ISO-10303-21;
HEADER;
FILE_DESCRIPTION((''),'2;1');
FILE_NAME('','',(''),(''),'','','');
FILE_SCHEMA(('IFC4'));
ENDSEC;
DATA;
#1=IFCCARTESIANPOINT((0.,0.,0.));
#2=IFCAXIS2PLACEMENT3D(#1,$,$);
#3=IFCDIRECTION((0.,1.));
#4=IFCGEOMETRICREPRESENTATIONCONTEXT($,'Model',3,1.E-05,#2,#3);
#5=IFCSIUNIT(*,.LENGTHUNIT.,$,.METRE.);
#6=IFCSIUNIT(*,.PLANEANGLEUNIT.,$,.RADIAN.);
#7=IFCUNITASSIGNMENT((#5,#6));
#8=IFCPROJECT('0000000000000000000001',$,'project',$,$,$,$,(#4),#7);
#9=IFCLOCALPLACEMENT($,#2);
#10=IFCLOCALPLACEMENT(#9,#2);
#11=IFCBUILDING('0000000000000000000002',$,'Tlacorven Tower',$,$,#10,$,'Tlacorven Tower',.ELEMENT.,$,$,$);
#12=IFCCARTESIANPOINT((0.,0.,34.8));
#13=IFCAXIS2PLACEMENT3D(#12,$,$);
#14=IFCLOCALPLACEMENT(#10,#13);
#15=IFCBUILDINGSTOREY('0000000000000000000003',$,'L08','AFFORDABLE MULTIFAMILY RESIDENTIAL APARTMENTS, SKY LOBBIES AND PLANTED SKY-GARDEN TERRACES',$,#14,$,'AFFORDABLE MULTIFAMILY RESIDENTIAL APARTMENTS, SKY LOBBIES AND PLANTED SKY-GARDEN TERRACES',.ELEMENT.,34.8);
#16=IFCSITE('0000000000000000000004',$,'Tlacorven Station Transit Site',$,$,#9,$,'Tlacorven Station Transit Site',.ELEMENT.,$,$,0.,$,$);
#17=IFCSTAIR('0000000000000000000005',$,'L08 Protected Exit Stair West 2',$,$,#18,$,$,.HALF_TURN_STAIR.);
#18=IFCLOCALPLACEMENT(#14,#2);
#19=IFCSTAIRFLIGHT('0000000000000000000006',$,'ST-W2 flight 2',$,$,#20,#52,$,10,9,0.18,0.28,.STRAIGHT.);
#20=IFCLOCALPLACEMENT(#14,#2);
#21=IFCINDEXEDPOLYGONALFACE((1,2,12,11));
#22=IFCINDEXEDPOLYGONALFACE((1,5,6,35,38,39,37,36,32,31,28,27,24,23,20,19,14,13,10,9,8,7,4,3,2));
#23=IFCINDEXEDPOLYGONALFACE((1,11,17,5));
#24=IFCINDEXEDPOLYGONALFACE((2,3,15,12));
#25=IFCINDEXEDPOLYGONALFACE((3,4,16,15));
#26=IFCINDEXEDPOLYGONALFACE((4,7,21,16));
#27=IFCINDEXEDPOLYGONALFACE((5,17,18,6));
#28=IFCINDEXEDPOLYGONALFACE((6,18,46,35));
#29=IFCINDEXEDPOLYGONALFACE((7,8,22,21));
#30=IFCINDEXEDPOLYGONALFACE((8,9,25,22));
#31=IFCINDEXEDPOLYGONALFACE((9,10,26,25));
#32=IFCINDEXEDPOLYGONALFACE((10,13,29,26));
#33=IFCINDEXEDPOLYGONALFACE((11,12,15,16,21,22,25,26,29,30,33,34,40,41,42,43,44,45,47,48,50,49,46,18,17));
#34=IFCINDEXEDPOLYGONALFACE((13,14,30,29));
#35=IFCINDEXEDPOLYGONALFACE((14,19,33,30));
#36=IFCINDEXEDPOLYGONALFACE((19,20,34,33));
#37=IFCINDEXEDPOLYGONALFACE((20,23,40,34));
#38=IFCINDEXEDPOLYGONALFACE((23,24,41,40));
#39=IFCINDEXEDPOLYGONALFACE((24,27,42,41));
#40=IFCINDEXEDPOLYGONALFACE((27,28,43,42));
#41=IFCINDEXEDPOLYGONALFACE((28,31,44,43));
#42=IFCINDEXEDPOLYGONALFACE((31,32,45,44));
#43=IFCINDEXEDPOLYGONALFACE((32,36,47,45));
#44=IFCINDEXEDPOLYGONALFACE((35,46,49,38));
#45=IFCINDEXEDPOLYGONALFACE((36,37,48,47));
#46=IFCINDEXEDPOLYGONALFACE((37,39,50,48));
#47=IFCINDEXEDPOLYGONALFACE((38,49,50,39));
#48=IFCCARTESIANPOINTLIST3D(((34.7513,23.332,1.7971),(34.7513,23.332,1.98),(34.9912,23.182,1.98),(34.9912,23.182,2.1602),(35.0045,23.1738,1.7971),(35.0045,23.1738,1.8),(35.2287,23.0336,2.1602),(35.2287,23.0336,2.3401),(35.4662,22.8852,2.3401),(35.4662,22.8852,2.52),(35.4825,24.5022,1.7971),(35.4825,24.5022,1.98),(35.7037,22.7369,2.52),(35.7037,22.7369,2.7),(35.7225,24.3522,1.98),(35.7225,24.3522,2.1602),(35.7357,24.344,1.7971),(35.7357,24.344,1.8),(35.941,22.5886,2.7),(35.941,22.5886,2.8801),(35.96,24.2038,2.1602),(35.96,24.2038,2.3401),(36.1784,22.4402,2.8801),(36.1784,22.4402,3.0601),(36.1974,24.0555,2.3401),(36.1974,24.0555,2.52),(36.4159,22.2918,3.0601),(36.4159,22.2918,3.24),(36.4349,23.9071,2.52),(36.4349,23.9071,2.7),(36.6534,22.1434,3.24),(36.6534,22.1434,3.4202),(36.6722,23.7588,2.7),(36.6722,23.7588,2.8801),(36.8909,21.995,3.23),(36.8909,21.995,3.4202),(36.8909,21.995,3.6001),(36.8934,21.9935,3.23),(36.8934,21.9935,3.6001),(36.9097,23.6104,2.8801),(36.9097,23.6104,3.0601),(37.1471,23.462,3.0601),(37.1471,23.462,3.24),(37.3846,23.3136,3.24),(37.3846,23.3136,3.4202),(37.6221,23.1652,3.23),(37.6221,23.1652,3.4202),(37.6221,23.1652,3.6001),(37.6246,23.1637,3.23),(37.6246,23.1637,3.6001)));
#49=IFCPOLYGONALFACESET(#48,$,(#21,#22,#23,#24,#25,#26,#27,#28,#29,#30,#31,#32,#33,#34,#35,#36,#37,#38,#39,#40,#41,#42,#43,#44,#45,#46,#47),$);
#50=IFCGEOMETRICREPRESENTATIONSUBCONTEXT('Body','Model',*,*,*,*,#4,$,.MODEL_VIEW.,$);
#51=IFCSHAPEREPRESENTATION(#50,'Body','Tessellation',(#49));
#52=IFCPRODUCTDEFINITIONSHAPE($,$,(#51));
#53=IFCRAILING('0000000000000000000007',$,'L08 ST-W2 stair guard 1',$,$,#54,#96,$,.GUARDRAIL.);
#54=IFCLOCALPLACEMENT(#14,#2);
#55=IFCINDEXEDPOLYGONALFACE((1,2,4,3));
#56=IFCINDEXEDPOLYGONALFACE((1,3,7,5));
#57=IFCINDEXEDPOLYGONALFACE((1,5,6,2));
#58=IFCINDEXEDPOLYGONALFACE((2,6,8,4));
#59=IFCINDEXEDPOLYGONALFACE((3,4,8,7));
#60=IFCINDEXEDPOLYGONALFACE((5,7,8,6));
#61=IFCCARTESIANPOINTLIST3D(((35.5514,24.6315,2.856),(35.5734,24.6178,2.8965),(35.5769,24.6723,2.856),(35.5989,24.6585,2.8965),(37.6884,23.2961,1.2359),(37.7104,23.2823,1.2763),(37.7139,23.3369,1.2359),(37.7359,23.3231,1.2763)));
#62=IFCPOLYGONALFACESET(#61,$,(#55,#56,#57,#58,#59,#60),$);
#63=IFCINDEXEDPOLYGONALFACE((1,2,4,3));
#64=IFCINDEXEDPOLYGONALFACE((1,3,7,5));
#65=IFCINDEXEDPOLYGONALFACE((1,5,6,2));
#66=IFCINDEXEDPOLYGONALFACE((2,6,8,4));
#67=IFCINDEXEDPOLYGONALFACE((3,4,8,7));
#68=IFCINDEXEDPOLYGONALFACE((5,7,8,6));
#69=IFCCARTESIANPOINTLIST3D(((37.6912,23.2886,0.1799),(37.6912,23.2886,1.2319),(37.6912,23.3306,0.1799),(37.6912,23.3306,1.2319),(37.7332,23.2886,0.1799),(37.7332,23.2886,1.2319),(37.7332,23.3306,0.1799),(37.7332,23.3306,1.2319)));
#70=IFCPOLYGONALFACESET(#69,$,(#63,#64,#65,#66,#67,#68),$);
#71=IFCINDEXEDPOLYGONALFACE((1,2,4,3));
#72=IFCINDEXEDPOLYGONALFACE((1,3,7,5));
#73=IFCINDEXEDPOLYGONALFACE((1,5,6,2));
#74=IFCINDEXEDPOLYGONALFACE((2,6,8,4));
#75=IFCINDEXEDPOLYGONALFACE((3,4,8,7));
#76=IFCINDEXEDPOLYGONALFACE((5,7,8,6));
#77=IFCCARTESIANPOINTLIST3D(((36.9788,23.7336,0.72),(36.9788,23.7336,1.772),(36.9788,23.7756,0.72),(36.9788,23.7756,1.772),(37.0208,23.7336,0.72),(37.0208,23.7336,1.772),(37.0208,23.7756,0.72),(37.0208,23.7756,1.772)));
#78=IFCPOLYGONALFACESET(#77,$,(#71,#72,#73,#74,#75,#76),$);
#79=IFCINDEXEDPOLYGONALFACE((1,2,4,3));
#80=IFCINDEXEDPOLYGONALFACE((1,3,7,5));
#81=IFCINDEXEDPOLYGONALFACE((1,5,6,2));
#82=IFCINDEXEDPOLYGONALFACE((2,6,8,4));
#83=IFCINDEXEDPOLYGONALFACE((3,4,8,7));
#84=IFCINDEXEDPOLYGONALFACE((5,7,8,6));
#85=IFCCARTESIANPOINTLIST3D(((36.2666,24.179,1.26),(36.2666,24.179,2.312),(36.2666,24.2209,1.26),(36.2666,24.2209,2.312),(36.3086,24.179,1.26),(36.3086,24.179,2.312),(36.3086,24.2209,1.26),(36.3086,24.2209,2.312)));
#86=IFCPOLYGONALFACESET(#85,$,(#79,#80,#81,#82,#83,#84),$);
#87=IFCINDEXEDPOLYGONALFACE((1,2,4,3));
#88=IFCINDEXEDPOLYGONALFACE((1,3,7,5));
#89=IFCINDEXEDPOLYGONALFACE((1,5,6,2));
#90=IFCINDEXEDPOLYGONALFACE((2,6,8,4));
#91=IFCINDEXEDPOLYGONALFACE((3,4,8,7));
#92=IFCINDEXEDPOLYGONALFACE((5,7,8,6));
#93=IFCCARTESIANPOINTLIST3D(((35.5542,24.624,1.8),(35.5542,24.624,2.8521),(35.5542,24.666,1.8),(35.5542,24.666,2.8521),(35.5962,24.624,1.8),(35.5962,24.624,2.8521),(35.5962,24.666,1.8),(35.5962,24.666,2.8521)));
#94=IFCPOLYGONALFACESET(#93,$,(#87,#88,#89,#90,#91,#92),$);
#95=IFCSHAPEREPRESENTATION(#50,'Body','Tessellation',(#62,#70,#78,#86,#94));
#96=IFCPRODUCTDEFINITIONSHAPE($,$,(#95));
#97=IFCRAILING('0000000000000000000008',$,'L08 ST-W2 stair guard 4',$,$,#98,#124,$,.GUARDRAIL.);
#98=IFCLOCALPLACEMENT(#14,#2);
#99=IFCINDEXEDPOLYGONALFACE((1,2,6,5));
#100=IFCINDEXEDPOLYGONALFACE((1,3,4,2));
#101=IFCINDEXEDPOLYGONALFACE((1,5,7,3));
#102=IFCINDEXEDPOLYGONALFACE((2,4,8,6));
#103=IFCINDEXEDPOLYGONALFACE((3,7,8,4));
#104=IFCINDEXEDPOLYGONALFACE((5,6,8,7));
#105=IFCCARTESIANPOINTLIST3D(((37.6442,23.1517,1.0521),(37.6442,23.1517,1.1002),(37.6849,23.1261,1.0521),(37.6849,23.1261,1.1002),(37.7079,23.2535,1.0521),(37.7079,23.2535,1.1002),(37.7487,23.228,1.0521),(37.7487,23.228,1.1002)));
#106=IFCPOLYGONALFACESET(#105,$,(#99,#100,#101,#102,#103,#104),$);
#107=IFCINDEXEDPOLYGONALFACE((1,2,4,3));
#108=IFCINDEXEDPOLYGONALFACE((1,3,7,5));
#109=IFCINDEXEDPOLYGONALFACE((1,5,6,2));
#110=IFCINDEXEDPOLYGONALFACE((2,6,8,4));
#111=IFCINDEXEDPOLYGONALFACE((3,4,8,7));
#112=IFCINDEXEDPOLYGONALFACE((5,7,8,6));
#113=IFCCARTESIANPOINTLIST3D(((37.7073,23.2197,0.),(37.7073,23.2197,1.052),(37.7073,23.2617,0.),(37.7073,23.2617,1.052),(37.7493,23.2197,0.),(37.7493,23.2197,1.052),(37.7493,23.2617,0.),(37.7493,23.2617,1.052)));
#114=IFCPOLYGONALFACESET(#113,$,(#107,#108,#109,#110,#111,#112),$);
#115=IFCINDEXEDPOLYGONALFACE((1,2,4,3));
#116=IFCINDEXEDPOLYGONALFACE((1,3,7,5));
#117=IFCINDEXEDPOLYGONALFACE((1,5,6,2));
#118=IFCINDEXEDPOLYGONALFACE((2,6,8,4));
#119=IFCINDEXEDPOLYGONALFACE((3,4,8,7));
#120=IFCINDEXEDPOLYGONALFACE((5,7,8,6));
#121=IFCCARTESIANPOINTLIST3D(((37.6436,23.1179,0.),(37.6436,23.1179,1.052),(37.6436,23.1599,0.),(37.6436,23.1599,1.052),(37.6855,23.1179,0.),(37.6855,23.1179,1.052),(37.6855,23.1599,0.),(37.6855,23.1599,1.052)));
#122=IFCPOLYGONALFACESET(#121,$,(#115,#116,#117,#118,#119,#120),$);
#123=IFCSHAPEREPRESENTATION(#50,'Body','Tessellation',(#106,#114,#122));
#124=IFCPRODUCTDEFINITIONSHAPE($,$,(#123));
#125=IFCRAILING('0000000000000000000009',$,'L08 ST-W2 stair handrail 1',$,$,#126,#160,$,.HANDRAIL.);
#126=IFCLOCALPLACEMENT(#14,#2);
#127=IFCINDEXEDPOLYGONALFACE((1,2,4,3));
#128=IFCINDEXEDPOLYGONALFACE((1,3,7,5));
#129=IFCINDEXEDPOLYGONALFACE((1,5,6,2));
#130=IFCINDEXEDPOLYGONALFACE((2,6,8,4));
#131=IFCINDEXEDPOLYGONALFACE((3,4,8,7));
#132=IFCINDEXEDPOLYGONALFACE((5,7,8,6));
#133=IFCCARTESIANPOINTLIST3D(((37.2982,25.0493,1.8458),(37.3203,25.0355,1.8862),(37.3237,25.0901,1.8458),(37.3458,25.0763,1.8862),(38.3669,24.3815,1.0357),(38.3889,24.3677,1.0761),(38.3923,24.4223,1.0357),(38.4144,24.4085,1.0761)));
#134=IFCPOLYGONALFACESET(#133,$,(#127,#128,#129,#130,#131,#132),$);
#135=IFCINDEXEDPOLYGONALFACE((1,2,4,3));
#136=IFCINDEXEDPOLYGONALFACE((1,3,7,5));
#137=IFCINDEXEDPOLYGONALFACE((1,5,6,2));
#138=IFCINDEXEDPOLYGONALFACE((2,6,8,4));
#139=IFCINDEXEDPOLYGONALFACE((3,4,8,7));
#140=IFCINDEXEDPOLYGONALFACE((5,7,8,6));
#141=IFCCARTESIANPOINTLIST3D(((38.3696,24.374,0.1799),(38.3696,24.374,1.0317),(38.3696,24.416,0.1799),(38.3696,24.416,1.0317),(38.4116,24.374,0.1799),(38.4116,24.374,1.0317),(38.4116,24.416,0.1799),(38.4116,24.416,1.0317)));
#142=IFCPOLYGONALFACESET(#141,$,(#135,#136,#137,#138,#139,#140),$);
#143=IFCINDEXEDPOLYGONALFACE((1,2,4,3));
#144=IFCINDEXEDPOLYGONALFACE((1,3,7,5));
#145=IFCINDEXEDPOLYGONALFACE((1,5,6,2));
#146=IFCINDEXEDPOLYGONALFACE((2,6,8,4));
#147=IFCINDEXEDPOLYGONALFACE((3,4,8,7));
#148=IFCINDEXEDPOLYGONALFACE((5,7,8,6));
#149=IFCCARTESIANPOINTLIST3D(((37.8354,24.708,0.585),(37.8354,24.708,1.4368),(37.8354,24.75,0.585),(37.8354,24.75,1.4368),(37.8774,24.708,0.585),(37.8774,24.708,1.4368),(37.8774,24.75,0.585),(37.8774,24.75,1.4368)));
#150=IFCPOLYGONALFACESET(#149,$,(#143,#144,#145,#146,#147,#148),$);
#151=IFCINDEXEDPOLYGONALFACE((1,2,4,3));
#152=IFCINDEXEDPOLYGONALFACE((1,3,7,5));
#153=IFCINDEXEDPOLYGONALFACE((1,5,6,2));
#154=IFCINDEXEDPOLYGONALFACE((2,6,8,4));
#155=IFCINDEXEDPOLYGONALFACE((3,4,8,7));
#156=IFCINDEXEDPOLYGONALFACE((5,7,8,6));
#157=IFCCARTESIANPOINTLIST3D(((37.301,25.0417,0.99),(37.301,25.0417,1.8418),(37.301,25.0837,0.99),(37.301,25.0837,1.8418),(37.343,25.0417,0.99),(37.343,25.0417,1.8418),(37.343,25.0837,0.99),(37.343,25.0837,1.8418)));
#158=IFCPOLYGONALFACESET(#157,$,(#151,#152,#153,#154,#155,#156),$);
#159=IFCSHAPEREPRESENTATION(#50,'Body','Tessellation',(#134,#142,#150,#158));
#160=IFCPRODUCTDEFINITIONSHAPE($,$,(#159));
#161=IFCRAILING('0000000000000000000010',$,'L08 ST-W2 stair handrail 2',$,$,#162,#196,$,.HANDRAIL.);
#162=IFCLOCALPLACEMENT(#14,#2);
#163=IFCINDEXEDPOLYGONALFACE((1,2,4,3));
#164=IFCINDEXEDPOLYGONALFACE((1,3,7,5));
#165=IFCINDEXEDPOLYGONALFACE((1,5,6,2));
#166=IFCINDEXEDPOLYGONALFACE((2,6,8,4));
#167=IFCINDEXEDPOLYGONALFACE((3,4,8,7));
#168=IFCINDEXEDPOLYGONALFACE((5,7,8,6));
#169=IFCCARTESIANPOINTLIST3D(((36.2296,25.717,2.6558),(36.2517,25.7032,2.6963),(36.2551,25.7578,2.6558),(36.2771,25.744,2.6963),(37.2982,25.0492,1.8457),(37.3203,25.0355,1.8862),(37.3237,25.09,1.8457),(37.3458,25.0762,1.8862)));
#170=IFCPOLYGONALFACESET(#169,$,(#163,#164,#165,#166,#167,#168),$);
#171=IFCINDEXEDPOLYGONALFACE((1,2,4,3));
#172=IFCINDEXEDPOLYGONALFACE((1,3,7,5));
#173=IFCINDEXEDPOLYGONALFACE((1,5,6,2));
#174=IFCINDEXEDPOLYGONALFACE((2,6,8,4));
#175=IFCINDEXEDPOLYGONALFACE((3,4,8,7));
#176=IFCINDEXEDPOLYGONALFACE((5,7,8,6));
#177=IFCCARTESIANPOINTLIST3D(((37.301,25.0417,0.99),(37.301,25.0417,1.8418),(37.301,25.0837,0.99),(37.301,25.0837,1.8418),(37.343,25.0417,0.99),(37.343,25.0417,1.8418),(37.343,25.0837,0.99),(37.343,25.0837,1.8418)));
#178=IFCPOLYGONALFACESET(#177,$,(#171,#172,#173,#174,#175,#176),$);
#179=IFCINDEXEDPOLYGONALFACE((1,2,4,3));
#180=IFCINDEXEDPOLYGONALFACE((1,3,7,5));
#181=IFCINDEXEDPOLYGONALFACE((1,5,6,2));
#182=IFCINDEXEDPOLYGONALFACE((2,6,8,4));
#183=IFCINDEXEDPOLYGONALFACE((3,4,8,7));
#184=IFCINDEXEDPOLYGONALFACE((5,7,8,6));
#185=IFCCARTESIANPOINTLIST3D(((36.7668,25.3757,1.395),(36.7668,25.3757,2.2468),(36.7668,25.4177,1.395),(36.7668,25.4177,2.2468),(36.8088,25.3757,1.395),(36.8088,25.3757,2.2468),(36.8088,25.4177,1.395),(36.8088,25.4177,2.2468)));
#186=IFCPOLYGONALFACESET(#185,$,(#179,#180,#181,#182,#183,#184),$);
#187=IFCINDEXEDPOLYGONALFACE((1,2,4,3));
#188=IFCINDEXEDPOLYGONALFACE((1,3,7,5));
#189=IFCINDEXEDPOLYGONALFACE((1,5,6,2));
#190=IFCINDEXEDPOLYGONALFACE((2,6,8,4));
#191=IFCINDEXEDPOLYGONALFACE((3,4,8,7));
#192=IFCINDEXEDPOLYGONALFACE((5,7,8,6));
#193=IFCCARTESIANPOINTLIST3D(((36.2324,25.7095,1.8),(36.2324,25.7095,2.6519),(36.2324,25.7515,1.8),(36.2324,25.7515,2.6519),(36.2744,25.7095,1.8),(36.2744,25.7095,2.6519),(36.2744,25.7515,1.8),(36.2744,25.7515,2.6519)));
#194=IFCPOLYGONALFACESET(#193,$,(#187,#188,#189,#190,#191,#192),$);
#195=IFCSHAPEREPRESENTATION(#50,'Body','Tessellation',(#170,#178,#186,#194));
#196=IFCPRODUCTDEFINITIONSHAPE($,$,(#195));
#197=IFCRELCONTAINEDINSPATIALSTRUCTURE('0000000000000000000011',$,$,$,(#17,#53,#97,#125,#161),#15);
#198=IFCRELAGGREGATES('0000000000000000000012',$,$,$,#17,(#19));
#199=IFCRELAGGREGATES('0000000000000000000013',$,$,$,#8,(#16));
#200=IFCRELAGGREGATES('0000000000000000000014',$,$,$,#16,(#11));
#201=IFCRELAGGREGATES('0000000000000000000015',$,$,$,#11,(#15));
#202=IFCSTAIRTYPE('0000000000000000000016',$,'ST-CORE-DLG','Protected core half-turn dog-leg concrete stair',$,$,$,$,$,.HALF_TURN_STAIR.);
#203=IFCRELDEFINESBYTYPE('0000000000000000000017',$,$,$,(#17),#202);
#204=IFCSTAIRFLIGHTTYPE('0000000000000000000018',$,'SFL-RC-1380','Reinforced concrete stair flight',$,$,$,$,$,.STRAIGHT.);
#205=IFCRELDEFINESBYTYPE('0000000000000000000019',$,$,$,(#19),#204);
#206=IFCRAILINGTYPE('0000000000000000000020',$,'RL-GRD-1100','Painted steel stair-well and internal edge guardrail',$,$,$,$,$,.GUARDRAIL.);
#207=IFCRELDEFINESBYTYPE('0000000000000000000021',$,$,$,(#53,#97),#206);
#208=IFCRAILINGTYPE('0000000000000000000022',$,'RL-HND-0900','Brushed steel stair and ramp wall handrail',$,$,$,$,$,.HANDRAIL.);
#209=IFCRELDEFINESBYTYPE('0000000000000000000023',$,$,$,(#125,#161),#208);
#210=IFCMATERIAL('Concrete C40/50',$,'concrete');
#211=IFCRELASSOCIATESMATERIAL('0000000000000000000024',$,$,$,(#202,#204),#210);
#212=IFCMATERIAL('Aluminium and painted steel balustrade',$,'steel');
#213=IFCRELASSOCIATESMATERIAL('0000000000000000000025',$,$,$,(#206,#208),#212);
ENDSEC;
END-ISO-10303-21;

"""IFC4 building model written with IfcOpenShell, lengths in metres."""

from ifc_helpers import new_model, si_unit, direction, frame, origin, origin_2d, place, context, subcontext, project, spatial, polyline, rectangle, outline, extrude, source, transform, mapped, material, type_object, element, aggregate, save


model = new_model("IFC4")

# Units and contexts
model_context = context("Model", 3, precision=1e-05, world=origin(), true_north=direction((0.0, 1.0)))
body_context = subcontext(model_context, "Body", "Model", "MODEL_VIEW")
ifc_project = project(units=[si_unit("LENGTHUNIT", "METRE"), si_unit("PLANEANGLEUNIT", "RADIAN")], contexts=[model_context])

# Site, building, storey
site_placement = place(None, origin())
site = spatial("IfcSite", under=ifc_project, at=site_placement, Name="Tlacorven Station Transit Site", LongName="Tlacorven Station Transit Site", CompositionType="ELEMENT", RefElevation=0.0)
building_placement = place(site_placement, origin())
building = spatial("IfcBuilding", under=site, at=building_placement, Name="Tlacorven Tower", LongName="Tlacorven Tower", CompositionType="ELEMENT")
storey_placement = place(building_placement, frame((0.0, 0.0, 34.8)))
storey = spatial("IfcBuildingStorey", under=building, at=storey_placement, Name="L08", Description="AFFORDABLE MULTIFAMILY RESIDENTIAL APARTMENTS, SKY LOBBIES AND PLANTED SKY-GARDEN TERRACES", LongName="AFFORDABLE MULTIFAMILY RESIDENTIAL APARTMENTS, SKY LOBBIES AND PLANTED SKY-GARDEN TERRACES", CompositionType="ELEMENT", Elevation=34.8)

# Shared definitions
ifc_material_1 = material(Name="Concrete C40/50", Category="concrete")

# Stair, stair flight
stair_type = type_object("IfcStairType", Name="ST-CORE-DLG", Description="Protected core half-turn dog-leg concrete stair", PredefinedType="HALF_TURN_STAIR", material=ifc_material_1)
stair_placement = place(storey_placement, origin())
stair = element("IfcStair", 1, at=stair_placement, inside=storey, type_object=stair_type, Name="L08 Protected Exit Stair West 2", PredefinedType="HALF_TURN_STAIR")
stair_flight_type = type_object("IfcStairFlightType", Name="SFL-RC-1380", Description="Reinforced concrete stair flight", PredefinedType="STRAIGHT", material=ifc_material_1)
shared_shape_1 = source(origin(), body_context, "Body", "SweptSolid", [
    extrude(outline(polyline([(-0.0029, -0.0029), (-0.0029, 0.1799), (0.28, 0.1799), (0.28, 0.3601), (0.5601, 0.3601), (0.5601, 0.54), (0.8401, 0.54), (0.8401, 0.72), (1.1201, 0.72), (1.1201, 0.8999), (1.3999, 0.8999), (1.3999, 1.0801), (1.6799, 1.0801), (1.6799, 1.26), (1.96, 1.26), (1.96, 1.4399), (2.24, 1.4399), (2.24, 1.6201), (2.52, 1.6201), (2.52, 1.8), (2.5229, 1.8), (2.5229, 1.4299), (2.52, 1.4299), (0.2957, 0.0), (0.2957, -0.0029), (-0.0029, -0.0029)])), frame((0.0, 0.6899, 0.0), z_axis=(0.0, -1.0, 0.0), x_axis=(1.0, 0.0, 0.0)), (0.0, 0.0, 1.0), 1.3799),
])
stair_flight_1_placement = place(storey_placement, frame((35.1194, 23.9155, 1.8), z_axis=(0.0, 0.0, 1.0), x_axis=(0.848048, -0.529919, 0.0)))
stair_flight_1 = element("IfcStairFlight", 2, at=stair_flight_1_placement, type_object=stair_flight_type, Name="ST-W2 flight 2", NumberOfRisers=10, NumberOfTreads=9, PredefinedType="STRAIGHT", RiserHeight=0.18, TreadLength=0.28, context=body_context, shape_type="MappedRepresentation", body=[
    mapped(shared_shape_1, transform((0.0, 0.0, 0.0), scale=1.0)),
])
aggregate(stair, [stair_flight_1])

# Railings
ifc_material_2 = material(Name="Aluminium and painted steel balustrade", Category="steel")
railing_type_1 = type_object("IfcRailingType", Name="RL-GRD-1100", Description="Painted steel stair-well and internal edge guardrail", PredefinedType="GUARDRAIL", material=ifc_material_2)
shared_shape_2 = source(origin(), body_context, "Body", "SweptSolid", [
    extrude(rectangle(XDim=0.0481, YDim=0.0481, at=origin_2d()), frame((0.0, 0.0, 1.0762), z_axis=(-0.71332, 0.445774, 0.540796), x_axis=(-0.529955, -0.848026, 0.0)), (0.0, 0.0, 1.0), 2.9958),
    extrude(rectangle(XDim=0.042, YDim=0.042, at=origin_2d()), origin(), (0.0, 0.0, 1.0), 1.052),
    extrude(rectangle(XDim=0.042, YDim=0.042, at=origin_2d()), frame((-0.7124, 0.4451, 0.54)), (0.0, 0.0, 1.0), 1.052),
    extrude(rectangle(XDim=0.042, YDim=0.042, at=origin_2d()), frame((-1.4246, 0.8904, 1.0801)), (0.0, 0.0, 1.0), 1.052),
    extrude(rectangle(XDim=0.042, YDim=0.042, at=origin_2d()), frame((-2.137, 1.3354, 1.6201)), (0.0, 0.0, 1.0), 1.052),
])
railing_1_placement = place(storey_placement, frame((37.7122, 23.3096, 0.1799)))
element("IfcRailing", 3, at=railing_1_placement, inside=storey, type_object=railing_type_1, Name="L08 ST-W2 stair guard 1", PredefinedType="GUARDRAIL", context=body_context, shape_type="MappedRepresentation", body=[
    mapped(shared_shape_2, transform((0.0, 0.0, 0.0), scale=1.0)),
])
shared_shape_3 = source(origin(), body_context, "Body", "SweptSolid", [
    extrude(rectangle(XDim=0.0481, YDim=0.0481, at=origin_2d()), frame((0.0, 0.0, 1.0762), z_axis=(-0.530547, -0.847656, 0.0), x_axis=(0.847656, -0.530547, 0.0)), (0.0, 0.0, 1.0), 0.1201),
    extrude(rectangle(XDim=0.042, YDim=0.042, at=origin_2d()), origin(), (0.0, 0.0, 1.0), 1.052),
    extrude(rectangle(XDim=0.042, YDim=0.042, at=origin_2d()), frame((-0.0637, -0.1018, 0.0)), (0.0, 0.0, 1.0), 1.052),
])
railing_2_placement = place(storey_placement, frame((37.7283, 23.2407, 0.0)))
element("IfcRailing", 4, at=railing_2_placement, inside=storey, type_object=railing_type_1, Name="L08 ST-W2 stair guard 4", PredefinedType="GUARDRAIL", context=body_context, shape_type="MappedRepresentation", body=[
    mapped(shared_shape_3, transform((0.0, 0.0, 0.0), scale=1.0)),
])
railing_type_2 = type_object("IfcRailingType", Name="RL-HND-0900", Description="Brushed steel stair and ramp wall handrail", PredefinedType="HANDRAIL", material=ifc_material_2)
shared_shape_4 = source(origin(), body_context, "Body", "SweptSolid", [
    extrude(rectangle(XDim=0.0481, YDim=0.0481, at=origin_2d()), frame((0.0, 0.0, 0.876), z_axis=(-0.71336, 0.445748, 0.540765), x_axis=(-0.529912, -0.848053, 0.0)), (0.0, 0.0, 1.0), 1.498),
    extrude(rectangle(XDim=0.042, YDim=0.042, at=origin_2d()), origin(), (0.0, 0.0, 1.0), 0.8518),
    extrude(rectangle(XDim=0.042, YDim=0.042, at=origin_2d()), frame((-0.5342, 0.334, 0.405)), (0.0, 0.0, 1.0), 0.8518),
    extrude(rectangle(XDim=0.042, YDim=0.042, at=origin_2d()), frame((-1.0686, 0.6677, 0.8101)), (0.0, 0.0, 1.0), 0.8518),
])
for number, where, name in (
    (5, (38.3906, 24.395, 0.1799), "L08 ST-W2 stair handrail 1"),
    (6, (37.322, 25.0627, 0.99), "L08 ST-W2 stair handrail 2"),
):
    element("IfcRailing", number, at=place(storey_placement, frame(where)), inside=storey, type_object=railing_type_2, Name=name, PredefinedType="HANDRAIL", context=body_context, shape_type="MappedRepresentation", body=[
        mapped(shared_shape_4, transform((0.0, 0.0, 0.0), scale=1.0)),
    ])

save(model, "model.ifc")
